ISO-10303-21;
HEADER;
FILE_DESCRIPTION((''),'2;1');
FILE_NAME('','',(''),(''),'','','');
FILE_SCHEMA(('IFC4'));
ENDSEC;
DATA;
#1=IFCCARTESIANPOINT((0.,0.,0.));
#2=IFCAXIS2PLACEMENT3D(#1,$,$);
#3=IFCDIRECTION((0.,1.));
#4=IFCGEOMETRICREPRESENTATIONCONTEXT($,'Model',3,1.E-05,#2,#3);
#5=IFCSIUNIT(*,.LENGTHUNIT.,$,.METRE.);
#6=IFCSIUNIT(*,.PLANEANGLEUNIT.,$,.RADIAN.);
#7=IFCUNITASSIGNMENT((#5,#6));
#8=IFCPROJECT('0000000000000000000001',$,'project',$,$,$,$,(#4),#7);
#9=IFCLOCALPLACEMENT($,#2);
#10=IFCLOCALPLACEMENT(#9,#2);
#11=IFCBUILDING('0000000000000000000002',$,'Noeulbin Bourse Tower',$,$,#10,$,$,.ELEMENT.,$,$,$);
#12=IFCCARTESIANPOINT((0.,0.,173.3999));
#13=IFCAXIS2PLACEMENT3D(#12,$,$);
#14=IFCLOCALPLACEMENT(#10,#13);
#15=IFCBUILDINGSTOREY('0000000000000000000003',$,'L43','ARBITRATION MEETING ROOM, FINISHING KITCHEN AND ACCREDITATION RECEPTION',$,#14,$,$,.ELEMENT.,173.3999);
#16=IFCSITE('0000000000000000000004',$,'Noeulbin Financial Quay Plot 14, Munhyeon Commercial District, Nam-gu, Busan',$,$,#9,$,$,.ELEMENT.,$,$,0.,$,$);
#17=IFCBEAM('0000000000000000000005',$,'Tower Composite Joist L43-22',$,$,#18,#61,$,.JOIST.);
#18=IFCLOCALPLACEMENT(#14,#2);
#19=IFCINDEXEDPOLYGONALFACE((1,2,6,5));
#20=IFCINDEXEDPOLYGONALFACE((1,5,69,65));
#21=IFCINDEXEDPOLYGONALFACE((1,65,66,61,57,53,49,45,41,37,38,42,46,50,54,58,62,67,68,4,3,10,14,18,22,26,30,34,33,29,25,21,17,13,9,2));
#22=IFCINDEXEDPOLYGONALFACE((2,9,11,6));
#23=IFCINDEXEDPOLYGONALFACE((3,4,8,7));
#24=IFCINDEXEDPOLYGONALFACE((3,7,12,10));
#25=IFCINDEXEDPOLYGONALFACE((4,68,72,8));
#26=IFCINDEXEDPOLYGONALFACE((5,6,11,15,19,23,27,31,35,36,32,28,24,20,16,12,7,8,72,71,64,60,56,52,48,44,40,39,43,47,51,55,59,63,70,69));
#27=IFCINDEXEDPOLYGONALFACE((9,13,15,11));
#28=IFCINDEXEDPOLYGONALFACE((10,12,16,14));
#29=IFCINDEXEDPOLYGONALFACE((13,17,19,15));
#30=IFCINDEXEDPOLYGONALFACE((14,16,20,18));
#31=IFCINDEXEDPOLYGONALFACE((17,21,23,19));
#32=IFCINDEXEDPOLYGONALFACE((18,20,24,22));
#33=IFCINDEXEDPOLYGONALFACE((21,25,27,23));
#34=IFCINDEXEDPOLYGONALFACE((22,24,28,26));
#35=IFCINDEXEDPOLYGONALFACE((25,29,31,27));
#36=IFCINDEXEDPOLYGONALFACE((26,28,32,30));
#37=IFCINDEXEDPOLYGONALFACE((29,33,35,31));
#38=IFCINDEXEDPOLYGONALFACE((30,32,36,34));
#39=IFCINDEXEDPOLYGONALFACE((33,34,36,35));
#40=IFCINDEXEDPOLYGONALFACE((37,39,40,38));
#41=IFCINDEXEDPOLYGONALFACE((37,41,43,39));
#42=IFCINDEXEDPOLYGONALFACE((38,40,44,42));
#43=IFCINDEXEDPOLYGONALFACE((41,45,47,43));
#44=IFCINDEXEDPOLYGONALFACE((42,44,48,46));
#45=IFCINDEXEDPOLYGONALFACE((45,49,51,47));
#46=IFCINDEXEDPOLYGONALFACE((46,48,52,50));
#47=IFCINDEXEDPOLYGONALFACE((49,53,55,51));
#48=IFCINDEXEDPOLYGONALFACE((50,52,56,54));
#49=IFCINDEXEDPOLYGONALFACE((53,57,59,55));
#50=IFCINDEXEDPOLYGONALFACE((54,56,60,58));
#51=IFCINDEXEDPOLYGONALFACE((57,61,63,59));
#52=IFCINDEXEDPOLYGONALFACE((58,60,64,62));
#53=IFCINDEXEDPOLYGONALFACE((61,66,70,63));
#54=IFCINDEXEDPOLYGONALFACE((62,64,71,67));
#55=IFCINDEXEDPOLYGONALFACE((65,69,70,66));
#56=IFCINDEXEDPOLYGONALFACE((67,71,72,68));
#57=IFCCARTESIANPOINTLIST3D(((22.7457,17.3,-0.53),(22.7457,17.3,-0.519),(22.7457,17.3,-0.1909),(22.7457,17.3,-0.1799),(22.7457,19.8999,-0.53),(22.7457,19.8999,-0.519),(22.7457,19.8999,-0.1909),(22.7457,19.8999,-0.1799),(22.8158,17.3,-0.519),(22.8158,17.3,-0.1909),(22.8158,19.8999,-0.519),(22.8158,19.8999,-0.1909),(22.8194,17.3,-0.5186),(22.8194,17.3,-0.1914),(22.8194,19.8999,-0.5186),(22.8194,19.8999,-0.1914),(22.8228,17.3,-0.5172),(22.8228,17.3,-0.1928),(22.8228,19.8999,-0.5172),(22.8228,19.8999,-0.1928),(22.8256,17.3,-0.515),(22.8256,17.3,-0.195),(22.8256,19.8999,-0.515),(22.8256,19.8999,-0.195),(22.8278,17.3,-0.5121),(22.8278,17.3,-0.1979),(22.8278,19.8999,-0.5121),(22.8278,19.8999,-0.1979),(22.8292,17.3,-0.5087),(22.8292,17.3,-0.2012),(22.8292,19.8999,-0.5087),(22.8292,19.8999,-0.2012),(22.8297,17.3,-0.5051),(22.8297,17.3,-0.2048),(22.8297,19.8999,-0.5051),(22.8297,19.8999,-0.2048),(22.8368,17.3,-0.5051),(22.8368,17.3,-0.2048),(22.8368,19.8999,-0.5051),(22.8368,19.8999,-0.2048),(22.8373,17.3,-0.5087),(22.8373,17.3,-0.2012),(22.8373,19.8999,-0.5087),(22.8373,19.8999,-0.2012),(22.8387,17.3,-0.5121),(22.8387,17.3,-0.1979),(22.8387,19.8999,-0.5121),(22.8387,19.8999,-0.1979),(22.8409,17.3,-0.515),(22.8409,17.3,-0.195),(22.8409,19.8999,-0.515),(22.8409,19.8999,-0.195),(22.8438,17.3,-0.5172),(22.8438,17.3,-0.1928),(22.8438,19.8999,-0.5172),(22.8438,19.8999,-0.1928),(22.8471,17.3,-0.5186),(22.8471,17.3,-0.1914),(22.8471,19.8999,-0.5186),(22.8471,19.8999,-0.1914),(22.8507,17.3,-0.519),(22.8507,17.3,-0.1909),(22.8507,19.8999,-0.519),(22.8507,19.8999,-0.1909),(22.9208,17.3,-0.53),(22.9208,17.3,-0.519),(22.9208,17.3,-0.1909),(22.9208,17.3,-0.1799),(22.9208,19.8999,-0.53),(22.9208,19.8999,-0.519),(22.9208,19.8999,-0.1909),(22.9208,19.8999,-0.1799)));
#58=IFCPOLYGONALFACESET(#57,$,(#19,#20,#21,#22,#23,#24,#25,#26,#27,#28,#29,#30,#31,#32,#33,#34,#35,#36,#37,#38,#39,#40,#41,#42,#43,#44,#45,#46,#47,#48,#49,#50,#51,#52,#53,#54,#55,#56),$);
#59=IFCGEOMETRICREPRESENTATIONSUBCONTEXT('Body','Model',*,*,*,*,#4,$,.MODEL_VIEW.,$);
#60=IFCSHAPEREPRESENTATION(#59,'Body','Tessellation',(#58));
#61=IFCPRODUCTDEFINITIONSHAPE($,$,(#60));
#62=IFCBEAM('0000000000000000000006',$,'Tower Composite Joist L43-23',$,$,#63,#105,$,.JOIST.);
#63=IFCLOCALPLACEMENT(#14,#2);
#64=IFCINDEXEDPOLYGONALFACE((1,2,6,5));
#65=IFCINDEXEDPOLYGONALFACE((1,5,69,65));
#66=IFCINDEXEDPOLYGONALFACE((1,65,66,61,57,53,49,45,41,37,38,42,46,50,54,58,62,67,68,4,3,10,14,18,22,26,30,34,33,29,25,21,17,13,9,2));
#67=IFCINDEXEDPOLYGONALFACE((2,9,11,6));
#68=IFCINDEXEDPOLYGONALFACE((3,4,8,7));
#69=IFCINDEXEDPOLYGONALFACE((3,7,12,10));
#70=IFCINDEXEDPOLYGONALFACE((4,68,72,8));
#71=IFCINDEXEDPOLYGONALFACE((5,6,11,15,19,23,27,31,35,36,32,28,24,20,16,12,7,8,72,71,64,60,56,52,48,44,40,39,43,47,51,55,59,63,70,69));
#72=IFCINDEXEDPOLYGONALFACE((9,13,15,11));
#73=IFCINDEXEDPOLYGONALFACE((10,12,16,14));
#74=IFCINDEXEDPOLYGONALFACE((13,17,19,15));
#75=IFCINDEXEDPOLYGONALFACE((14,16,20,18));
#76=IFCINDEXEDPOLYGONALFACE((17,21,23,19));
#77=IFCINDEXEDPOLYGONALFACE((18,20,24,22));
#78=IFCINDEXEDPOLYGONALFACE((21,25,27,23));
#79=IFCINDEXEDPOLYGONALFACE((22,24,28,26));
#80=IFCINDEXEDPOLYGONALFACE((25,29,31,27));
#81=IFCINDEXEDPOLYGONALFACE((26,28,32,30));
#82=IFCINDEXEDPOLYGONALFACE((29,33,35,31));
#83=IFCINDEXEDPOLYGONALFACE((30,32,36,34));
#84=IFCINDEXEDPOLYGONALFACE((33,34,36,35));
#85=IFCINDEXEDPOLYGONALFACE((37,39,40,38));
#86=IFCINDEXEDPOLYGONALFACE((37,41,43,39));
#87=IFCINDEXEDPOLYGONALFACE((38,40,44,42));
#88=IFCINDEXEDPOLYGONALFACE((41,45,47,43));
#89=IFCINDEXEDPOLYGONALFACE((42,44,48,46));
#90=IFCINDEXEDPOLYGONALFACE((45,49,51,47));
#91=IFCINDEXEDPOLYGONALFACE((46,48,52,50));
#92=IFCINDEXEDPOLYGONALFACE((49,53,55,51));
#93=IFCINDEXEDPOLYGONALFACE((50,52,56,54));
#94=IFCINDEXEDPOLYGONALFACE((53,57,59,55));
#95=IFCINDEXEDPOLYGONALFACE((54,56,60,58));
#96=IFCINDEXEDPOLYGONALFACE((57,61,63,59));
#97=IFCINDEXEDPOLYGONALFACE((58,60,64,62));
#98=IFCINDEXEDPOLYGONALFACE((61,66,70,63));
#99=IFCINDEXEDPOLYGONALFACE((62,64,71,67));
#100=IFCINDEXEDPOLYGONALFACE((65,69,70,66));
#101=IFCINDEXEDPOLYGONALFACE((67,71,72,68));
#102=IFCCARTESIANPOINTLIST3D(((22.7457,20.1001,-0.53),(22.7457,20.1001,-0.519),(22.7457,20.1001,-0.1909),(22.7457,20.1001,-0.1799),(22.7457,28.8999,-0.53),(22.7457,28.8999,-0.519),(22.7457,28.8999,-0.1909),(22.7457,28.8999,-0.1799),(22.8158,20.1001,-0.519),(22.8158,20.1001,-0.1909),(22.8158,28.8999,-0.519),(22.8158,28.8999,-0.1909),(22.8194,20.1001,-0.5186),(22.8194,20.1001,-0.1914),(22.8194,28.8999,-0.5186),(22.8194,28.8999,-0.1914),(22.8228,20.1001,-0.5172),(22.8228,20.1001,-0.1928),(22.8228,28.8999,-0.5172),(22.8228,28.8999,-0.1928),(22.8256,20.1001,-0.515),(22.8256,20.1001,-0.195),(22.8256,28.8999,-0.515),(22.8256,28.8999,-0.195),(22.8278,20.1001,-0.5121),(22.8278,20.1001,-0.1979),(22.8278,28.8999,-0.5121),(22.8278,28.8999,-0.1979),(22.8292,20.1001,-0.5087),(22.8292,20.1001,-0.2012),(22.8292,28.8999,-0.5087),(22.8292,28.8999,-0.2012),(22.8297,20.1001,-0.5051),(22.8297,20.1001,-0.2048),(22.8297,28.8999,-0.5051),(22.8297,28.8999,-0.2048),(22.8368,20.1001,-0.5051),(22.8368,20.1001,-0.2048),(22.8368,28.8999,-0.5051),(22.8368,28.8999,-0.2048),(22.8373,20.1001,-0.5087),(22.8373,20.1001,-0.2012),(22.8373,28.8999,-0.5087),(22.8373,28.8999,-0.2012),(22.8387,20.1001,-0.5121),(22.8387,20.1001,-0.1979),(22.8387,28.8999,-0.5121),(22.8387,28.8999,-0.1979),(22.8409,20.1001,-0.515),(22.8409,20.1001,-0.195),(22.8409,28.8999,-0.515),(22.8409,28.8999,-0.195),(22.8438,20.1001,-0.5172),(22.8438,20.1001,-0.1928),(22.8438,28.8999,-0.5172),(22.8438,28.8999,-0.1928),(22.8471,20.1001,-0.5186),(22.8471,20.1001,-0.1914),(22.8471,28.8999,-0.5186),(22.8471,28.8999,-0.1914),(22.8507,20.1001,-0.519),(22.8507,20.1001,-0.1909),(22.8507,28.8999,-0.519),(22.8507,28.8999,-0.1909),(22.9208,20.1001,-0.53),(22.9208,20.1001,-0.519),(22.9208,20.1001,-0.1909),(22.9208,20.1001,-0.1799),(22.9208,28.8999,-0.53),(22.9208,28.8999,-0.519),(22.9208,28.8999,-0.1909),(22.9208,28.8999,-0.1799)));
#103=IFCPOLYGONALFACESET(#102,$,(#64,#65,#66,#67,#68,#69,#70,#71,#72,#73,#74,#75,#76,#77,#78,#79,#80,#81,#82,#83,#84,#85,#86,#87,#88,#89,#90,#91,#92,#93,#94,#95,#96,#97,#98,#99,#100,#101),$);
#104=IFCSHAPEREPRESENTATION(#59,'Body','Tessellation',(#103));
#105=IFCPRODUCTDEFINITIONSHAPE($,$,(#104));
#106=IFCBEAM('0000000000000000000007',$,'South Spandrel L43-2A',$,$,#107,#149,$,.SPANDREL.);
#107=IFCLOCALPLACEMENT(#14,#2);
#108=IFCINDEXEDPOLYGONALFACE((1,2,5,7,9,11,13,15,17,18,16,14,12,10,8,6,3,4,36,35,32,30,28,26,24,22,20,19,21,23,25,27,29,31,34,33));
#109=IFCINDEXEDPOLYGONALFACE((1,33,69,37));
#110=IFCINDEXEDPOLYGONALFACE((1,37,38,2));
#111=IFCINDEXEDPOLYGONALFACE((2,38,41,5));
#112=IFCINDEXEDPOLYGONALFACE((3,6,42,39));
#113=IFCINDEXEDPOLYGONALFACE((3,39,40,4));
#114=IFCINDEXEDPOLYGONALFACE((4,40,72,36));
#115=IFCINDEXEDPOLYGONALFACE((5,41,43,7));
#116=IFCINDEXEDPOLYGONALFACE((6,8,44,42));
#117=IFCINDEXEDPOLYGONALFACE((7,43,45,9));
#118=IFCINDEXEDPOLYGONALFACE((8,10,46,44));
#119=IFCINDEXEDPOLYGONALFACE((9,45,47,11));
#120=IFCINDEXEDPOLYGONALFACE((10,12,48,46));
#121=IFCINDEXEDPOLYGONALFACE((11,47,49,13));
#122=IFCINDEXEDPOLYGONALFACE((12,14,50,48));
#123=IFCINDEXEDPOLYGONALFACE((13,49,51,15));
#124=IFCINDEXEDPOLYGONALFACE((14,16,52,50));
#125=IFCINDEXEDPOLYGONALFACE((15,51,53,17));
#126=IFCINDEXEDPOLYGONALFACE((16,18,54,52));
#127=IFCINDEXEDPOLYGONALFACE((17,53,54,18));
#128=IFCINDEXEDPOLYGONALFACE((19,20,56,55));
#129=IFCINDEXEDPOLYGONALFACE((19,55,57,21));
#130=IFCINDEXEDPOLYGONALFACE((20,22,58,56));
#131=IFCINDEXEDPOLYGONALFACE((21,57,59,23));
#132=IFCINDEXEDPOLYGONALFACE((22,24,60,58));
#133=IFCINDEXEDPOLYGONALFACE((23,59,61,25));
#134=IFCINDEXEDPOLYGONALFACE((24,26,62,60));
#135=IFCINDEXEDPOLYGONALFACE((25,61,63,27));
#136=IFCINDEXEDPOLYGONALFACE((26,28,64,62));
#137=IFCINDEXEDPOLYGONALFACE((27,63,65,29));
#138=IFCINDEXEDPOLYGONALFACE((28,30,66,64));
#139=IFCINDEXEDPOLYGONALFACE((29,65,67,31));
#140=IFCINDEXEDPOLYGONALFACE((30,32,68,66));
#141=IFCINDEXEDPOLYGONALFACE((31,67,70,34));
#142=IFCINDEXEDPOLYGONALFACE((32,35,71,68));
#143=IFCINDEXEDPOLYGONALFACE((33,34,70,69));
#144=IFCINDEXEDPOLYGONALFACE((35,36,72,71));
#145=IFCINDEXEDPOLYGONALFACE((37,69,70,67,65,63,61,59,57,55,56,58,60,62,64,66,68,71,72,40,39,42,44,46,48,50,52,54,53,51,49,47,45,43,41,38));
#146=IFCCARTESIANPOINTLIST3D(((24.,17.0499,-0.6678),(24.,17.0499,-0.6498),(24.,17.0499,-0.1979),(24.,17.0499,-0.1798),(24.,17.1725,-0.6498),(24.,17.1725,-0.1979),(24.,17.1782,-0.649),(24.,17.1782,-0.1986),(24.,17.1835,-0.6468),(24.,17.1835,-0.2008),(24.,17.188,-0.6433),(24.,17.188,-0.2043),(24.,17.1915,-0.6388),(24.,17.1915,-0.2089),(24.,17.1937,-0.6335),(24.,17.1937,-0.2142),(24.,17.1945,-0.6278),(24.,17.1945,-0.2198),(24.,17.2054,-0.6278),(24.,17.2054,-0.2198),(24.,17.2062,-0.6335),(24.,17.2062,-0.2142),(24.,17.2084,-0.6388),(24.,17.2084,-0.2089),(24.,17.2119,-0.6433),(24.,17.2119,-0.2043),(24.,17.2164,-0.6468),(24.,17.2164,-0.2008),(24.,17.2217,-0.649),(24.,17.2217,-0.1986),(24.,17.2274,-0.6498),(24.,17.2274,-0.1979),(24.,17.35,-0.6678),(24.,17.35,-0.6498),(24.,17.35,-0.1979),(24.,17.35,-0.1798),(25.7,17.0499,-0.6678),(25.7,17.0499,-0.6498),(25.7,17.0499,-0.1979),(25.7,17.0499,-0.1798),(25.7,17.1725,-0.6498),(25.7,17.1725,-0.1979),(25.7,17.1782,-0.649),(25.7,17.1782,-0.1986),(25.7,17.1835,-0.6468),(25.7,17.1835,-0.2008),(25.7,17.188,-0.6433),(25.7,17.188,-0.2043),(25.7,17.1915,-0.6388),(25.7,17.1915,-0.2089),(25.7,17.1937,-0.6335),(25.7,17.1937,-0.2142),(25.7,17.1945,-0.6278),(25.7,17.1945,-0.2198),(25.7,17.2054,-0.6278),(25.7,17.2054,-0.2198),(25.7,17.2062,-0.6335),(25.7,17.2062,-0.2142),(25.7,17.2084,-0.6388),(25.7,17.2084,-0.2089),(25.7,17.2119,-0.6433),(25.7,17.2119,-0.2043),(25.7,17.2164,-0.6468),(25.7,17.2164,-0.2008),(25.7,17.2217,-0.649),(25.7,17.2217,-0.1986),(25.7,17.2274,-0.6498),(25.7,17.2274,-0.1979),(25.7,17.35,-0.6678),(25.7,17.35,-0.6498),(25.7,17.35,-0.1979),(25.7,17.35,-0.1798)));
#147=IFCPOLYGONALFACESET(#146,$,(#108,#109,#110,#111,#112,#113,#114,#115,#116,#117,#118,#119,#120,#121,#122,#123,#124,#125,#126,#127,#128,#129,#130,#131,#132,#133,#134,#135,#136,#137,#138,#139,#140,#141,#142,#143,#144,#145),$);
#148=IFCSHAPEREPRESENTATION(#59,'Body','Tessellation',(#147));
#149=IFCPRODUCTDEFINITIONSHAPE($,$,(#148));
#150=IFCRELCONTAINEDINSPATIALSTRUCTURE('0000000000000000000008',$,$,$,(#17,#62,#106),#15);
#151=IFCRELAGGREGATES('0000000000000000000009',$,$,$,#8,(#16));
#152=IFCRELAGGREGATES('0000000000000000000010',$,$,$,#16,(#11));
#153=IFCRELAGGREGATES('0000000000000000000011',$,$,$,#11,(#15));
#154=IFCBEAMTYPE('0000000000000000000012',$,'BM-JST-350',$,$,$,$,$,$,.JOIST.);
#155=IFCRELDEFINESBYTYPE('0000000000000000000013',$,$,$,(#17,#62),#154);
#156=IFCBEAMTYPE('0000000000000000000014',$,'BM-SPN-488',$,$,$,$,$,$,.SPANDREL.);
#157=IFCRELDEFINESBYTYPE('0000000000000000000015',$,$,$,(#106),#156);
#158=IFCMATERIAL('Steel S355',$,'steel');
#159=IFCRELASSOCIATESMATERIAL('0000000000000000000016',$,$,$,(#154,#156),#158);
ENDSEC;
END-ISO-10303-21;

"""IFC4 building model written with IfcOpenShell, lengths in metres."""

from ifc_helpers import new_model, si_unit, direction, frame, origin, origin_2d, place, context, subcontext, project, spatial, i_section, extrude, material, material_profile, profile_set, type_object, element, save


model = new_model("IFC4")

# Units and contexts
model_context = context("Model", 3, precision=1e-05, world=origin(), true_north=direction((0.0, 1.0)))
body_context = subcontext(model_context, "Body", "Model", "MODEL_VIEW")
ifc_project = project(units=[si_unit("LENGTHUNIT", "METRE"), si_unit("PLANEANGLEUNIT", "RADIAN")], contexts=[model_context])

# Site, building, storey
site_placement = place(None, origin())
site = spatial("IfcSite", under=ifc_project, at=site_placement, Name="Noeulbin Financial Quay Plot 14, Munhyeon Commercial District, Nam-gu, Busan", CompositionType="ELEMENT", RefElevation=0.0)
building_placement = place(site_placement, origin())
building = spatial("IfcBuilding", under=site, at=building_placement, Name="Noeulbin Bourse Tower", CompositionType="ELEMENT")
storey_placement = place(building_placement, frame((0.0, 0.0, 173.3999)))
storey = spatial("IfcBuildingStorey", under=building, at=storey_placement, Name="L43", Description="ARBITRATION MEETING ROOM, FINISHING KITCHEN AND ACCREDITATION RECEPTION", CompositionType="ELEMENT", Elevation=173.3999)

# Shared definitions
ifc_material_1 = material(Name="Steel S355", Category="steel")

# Beams
ifc_material_profile_1 = material_profile(ifc_material_1, i_section(OverallWidth=0.175, OverallDepth=0.3501, WebThickness=0.0071, FlangeThickness=0.011, FilletRadius=0.0139, at=origin_2d()), Name="H-350x175x7x11", Category="LoadBearing")
ifc_profile_set_1 = profile_set([ifc_material_profile_1], Name="Steel S355")
beam_type_1 = type_object("IfcBeamType", Name="BM-JST-350", PredefinedType="JOIST", material=ifc_profile_set_1)
beam_1_placement = place(storey_placement, frame((22.8333, 17.3, -0.355), z_axis=(0.0, 1.0, 0.0), x_axis=(-1.0, 0.0, 0.0)))
element("IfcBeam", 1, at=beam_1_placement, inside=storey, type_object=beam_type_1, Name="Tower Composite Joist L43-22", PredefinedType="JOIST", context=body_context, shape_type="SweptSolid", body=[
    extrude(i_section(OverallWidth=0.175, OverallDepth=0.3501, WebThickness=0.0071, FlangeThickness=0.011, FilletRadius=0.0139, at=origin_2d()), origin(), (0.0, 0.0, 1.0), 2.5999),
])
beam_2_placement = place(storey_placement, frame((22.8333, 20.1001, -0.355), z_axis=(0.0, 1.0, 0.0), x_axis=(-1.0, 0.0, 0.0)))
element("IfcBeam", 2, at=beam_2_placement, inside=storey, type_object=beam_type_1, Name="Tower Composite Joist L43-23", PredefinedType="JOIST", context=body_context, shape_type="SweptSolid", body=[
    extrude(i_section(OverallWidth=0.175, OverallDepth=0.3501, WebThickness=0.0071, FlangeThickness=0.011, FilletRadius=0.0139, at=origin_2d()), origin(), (0.0, 0.0, 1.0), 8.7998),
])
ifc_material_profile_2 = material_profile(ifc_material_1, i_section(OverallWidth=0.3, OverallDepth=0.488, WebThickness=0.011, FlangeThickness=0.0181, FilletRadius=0.022, at=origin_2d()), Name="H-488x300x11x18", Category="LoadBearing")
ifc_profile_set_2 = profile_set([ifc_material_profile_2], Name="Steel S355")
beam_type_2 = type_object("IfcBeamType", Name="BM-SPN-488", PredefinedType="SPANDREL", material=ifc_profile_set_2)
beam_3_placement = place(storey_placement, frame((24.0, 17.2, -0.4238), z_axis=(1.0, 0.0, 0.0), x_axis=(0.0, 1.0, 0.0)))
element("IfcBeam", 3, at=beam_3_placement, inside=storey, type_object=beam_type_2, Name="South Spandrel L43-2A", PredefinedType="SPANDREL", context=body_context, shape_type="SweptSolid", body=[
    extrude(i_section(OverallWidth=0.3, OverallDepth=0.488, WebThickness=0.011, FlangeThickness=0.0181, FilletRadius=0.022, at=origin_2d()), origin(), (0.0, 0.0, 1.0), 1.7),
])

save(model, "model.ifc")
